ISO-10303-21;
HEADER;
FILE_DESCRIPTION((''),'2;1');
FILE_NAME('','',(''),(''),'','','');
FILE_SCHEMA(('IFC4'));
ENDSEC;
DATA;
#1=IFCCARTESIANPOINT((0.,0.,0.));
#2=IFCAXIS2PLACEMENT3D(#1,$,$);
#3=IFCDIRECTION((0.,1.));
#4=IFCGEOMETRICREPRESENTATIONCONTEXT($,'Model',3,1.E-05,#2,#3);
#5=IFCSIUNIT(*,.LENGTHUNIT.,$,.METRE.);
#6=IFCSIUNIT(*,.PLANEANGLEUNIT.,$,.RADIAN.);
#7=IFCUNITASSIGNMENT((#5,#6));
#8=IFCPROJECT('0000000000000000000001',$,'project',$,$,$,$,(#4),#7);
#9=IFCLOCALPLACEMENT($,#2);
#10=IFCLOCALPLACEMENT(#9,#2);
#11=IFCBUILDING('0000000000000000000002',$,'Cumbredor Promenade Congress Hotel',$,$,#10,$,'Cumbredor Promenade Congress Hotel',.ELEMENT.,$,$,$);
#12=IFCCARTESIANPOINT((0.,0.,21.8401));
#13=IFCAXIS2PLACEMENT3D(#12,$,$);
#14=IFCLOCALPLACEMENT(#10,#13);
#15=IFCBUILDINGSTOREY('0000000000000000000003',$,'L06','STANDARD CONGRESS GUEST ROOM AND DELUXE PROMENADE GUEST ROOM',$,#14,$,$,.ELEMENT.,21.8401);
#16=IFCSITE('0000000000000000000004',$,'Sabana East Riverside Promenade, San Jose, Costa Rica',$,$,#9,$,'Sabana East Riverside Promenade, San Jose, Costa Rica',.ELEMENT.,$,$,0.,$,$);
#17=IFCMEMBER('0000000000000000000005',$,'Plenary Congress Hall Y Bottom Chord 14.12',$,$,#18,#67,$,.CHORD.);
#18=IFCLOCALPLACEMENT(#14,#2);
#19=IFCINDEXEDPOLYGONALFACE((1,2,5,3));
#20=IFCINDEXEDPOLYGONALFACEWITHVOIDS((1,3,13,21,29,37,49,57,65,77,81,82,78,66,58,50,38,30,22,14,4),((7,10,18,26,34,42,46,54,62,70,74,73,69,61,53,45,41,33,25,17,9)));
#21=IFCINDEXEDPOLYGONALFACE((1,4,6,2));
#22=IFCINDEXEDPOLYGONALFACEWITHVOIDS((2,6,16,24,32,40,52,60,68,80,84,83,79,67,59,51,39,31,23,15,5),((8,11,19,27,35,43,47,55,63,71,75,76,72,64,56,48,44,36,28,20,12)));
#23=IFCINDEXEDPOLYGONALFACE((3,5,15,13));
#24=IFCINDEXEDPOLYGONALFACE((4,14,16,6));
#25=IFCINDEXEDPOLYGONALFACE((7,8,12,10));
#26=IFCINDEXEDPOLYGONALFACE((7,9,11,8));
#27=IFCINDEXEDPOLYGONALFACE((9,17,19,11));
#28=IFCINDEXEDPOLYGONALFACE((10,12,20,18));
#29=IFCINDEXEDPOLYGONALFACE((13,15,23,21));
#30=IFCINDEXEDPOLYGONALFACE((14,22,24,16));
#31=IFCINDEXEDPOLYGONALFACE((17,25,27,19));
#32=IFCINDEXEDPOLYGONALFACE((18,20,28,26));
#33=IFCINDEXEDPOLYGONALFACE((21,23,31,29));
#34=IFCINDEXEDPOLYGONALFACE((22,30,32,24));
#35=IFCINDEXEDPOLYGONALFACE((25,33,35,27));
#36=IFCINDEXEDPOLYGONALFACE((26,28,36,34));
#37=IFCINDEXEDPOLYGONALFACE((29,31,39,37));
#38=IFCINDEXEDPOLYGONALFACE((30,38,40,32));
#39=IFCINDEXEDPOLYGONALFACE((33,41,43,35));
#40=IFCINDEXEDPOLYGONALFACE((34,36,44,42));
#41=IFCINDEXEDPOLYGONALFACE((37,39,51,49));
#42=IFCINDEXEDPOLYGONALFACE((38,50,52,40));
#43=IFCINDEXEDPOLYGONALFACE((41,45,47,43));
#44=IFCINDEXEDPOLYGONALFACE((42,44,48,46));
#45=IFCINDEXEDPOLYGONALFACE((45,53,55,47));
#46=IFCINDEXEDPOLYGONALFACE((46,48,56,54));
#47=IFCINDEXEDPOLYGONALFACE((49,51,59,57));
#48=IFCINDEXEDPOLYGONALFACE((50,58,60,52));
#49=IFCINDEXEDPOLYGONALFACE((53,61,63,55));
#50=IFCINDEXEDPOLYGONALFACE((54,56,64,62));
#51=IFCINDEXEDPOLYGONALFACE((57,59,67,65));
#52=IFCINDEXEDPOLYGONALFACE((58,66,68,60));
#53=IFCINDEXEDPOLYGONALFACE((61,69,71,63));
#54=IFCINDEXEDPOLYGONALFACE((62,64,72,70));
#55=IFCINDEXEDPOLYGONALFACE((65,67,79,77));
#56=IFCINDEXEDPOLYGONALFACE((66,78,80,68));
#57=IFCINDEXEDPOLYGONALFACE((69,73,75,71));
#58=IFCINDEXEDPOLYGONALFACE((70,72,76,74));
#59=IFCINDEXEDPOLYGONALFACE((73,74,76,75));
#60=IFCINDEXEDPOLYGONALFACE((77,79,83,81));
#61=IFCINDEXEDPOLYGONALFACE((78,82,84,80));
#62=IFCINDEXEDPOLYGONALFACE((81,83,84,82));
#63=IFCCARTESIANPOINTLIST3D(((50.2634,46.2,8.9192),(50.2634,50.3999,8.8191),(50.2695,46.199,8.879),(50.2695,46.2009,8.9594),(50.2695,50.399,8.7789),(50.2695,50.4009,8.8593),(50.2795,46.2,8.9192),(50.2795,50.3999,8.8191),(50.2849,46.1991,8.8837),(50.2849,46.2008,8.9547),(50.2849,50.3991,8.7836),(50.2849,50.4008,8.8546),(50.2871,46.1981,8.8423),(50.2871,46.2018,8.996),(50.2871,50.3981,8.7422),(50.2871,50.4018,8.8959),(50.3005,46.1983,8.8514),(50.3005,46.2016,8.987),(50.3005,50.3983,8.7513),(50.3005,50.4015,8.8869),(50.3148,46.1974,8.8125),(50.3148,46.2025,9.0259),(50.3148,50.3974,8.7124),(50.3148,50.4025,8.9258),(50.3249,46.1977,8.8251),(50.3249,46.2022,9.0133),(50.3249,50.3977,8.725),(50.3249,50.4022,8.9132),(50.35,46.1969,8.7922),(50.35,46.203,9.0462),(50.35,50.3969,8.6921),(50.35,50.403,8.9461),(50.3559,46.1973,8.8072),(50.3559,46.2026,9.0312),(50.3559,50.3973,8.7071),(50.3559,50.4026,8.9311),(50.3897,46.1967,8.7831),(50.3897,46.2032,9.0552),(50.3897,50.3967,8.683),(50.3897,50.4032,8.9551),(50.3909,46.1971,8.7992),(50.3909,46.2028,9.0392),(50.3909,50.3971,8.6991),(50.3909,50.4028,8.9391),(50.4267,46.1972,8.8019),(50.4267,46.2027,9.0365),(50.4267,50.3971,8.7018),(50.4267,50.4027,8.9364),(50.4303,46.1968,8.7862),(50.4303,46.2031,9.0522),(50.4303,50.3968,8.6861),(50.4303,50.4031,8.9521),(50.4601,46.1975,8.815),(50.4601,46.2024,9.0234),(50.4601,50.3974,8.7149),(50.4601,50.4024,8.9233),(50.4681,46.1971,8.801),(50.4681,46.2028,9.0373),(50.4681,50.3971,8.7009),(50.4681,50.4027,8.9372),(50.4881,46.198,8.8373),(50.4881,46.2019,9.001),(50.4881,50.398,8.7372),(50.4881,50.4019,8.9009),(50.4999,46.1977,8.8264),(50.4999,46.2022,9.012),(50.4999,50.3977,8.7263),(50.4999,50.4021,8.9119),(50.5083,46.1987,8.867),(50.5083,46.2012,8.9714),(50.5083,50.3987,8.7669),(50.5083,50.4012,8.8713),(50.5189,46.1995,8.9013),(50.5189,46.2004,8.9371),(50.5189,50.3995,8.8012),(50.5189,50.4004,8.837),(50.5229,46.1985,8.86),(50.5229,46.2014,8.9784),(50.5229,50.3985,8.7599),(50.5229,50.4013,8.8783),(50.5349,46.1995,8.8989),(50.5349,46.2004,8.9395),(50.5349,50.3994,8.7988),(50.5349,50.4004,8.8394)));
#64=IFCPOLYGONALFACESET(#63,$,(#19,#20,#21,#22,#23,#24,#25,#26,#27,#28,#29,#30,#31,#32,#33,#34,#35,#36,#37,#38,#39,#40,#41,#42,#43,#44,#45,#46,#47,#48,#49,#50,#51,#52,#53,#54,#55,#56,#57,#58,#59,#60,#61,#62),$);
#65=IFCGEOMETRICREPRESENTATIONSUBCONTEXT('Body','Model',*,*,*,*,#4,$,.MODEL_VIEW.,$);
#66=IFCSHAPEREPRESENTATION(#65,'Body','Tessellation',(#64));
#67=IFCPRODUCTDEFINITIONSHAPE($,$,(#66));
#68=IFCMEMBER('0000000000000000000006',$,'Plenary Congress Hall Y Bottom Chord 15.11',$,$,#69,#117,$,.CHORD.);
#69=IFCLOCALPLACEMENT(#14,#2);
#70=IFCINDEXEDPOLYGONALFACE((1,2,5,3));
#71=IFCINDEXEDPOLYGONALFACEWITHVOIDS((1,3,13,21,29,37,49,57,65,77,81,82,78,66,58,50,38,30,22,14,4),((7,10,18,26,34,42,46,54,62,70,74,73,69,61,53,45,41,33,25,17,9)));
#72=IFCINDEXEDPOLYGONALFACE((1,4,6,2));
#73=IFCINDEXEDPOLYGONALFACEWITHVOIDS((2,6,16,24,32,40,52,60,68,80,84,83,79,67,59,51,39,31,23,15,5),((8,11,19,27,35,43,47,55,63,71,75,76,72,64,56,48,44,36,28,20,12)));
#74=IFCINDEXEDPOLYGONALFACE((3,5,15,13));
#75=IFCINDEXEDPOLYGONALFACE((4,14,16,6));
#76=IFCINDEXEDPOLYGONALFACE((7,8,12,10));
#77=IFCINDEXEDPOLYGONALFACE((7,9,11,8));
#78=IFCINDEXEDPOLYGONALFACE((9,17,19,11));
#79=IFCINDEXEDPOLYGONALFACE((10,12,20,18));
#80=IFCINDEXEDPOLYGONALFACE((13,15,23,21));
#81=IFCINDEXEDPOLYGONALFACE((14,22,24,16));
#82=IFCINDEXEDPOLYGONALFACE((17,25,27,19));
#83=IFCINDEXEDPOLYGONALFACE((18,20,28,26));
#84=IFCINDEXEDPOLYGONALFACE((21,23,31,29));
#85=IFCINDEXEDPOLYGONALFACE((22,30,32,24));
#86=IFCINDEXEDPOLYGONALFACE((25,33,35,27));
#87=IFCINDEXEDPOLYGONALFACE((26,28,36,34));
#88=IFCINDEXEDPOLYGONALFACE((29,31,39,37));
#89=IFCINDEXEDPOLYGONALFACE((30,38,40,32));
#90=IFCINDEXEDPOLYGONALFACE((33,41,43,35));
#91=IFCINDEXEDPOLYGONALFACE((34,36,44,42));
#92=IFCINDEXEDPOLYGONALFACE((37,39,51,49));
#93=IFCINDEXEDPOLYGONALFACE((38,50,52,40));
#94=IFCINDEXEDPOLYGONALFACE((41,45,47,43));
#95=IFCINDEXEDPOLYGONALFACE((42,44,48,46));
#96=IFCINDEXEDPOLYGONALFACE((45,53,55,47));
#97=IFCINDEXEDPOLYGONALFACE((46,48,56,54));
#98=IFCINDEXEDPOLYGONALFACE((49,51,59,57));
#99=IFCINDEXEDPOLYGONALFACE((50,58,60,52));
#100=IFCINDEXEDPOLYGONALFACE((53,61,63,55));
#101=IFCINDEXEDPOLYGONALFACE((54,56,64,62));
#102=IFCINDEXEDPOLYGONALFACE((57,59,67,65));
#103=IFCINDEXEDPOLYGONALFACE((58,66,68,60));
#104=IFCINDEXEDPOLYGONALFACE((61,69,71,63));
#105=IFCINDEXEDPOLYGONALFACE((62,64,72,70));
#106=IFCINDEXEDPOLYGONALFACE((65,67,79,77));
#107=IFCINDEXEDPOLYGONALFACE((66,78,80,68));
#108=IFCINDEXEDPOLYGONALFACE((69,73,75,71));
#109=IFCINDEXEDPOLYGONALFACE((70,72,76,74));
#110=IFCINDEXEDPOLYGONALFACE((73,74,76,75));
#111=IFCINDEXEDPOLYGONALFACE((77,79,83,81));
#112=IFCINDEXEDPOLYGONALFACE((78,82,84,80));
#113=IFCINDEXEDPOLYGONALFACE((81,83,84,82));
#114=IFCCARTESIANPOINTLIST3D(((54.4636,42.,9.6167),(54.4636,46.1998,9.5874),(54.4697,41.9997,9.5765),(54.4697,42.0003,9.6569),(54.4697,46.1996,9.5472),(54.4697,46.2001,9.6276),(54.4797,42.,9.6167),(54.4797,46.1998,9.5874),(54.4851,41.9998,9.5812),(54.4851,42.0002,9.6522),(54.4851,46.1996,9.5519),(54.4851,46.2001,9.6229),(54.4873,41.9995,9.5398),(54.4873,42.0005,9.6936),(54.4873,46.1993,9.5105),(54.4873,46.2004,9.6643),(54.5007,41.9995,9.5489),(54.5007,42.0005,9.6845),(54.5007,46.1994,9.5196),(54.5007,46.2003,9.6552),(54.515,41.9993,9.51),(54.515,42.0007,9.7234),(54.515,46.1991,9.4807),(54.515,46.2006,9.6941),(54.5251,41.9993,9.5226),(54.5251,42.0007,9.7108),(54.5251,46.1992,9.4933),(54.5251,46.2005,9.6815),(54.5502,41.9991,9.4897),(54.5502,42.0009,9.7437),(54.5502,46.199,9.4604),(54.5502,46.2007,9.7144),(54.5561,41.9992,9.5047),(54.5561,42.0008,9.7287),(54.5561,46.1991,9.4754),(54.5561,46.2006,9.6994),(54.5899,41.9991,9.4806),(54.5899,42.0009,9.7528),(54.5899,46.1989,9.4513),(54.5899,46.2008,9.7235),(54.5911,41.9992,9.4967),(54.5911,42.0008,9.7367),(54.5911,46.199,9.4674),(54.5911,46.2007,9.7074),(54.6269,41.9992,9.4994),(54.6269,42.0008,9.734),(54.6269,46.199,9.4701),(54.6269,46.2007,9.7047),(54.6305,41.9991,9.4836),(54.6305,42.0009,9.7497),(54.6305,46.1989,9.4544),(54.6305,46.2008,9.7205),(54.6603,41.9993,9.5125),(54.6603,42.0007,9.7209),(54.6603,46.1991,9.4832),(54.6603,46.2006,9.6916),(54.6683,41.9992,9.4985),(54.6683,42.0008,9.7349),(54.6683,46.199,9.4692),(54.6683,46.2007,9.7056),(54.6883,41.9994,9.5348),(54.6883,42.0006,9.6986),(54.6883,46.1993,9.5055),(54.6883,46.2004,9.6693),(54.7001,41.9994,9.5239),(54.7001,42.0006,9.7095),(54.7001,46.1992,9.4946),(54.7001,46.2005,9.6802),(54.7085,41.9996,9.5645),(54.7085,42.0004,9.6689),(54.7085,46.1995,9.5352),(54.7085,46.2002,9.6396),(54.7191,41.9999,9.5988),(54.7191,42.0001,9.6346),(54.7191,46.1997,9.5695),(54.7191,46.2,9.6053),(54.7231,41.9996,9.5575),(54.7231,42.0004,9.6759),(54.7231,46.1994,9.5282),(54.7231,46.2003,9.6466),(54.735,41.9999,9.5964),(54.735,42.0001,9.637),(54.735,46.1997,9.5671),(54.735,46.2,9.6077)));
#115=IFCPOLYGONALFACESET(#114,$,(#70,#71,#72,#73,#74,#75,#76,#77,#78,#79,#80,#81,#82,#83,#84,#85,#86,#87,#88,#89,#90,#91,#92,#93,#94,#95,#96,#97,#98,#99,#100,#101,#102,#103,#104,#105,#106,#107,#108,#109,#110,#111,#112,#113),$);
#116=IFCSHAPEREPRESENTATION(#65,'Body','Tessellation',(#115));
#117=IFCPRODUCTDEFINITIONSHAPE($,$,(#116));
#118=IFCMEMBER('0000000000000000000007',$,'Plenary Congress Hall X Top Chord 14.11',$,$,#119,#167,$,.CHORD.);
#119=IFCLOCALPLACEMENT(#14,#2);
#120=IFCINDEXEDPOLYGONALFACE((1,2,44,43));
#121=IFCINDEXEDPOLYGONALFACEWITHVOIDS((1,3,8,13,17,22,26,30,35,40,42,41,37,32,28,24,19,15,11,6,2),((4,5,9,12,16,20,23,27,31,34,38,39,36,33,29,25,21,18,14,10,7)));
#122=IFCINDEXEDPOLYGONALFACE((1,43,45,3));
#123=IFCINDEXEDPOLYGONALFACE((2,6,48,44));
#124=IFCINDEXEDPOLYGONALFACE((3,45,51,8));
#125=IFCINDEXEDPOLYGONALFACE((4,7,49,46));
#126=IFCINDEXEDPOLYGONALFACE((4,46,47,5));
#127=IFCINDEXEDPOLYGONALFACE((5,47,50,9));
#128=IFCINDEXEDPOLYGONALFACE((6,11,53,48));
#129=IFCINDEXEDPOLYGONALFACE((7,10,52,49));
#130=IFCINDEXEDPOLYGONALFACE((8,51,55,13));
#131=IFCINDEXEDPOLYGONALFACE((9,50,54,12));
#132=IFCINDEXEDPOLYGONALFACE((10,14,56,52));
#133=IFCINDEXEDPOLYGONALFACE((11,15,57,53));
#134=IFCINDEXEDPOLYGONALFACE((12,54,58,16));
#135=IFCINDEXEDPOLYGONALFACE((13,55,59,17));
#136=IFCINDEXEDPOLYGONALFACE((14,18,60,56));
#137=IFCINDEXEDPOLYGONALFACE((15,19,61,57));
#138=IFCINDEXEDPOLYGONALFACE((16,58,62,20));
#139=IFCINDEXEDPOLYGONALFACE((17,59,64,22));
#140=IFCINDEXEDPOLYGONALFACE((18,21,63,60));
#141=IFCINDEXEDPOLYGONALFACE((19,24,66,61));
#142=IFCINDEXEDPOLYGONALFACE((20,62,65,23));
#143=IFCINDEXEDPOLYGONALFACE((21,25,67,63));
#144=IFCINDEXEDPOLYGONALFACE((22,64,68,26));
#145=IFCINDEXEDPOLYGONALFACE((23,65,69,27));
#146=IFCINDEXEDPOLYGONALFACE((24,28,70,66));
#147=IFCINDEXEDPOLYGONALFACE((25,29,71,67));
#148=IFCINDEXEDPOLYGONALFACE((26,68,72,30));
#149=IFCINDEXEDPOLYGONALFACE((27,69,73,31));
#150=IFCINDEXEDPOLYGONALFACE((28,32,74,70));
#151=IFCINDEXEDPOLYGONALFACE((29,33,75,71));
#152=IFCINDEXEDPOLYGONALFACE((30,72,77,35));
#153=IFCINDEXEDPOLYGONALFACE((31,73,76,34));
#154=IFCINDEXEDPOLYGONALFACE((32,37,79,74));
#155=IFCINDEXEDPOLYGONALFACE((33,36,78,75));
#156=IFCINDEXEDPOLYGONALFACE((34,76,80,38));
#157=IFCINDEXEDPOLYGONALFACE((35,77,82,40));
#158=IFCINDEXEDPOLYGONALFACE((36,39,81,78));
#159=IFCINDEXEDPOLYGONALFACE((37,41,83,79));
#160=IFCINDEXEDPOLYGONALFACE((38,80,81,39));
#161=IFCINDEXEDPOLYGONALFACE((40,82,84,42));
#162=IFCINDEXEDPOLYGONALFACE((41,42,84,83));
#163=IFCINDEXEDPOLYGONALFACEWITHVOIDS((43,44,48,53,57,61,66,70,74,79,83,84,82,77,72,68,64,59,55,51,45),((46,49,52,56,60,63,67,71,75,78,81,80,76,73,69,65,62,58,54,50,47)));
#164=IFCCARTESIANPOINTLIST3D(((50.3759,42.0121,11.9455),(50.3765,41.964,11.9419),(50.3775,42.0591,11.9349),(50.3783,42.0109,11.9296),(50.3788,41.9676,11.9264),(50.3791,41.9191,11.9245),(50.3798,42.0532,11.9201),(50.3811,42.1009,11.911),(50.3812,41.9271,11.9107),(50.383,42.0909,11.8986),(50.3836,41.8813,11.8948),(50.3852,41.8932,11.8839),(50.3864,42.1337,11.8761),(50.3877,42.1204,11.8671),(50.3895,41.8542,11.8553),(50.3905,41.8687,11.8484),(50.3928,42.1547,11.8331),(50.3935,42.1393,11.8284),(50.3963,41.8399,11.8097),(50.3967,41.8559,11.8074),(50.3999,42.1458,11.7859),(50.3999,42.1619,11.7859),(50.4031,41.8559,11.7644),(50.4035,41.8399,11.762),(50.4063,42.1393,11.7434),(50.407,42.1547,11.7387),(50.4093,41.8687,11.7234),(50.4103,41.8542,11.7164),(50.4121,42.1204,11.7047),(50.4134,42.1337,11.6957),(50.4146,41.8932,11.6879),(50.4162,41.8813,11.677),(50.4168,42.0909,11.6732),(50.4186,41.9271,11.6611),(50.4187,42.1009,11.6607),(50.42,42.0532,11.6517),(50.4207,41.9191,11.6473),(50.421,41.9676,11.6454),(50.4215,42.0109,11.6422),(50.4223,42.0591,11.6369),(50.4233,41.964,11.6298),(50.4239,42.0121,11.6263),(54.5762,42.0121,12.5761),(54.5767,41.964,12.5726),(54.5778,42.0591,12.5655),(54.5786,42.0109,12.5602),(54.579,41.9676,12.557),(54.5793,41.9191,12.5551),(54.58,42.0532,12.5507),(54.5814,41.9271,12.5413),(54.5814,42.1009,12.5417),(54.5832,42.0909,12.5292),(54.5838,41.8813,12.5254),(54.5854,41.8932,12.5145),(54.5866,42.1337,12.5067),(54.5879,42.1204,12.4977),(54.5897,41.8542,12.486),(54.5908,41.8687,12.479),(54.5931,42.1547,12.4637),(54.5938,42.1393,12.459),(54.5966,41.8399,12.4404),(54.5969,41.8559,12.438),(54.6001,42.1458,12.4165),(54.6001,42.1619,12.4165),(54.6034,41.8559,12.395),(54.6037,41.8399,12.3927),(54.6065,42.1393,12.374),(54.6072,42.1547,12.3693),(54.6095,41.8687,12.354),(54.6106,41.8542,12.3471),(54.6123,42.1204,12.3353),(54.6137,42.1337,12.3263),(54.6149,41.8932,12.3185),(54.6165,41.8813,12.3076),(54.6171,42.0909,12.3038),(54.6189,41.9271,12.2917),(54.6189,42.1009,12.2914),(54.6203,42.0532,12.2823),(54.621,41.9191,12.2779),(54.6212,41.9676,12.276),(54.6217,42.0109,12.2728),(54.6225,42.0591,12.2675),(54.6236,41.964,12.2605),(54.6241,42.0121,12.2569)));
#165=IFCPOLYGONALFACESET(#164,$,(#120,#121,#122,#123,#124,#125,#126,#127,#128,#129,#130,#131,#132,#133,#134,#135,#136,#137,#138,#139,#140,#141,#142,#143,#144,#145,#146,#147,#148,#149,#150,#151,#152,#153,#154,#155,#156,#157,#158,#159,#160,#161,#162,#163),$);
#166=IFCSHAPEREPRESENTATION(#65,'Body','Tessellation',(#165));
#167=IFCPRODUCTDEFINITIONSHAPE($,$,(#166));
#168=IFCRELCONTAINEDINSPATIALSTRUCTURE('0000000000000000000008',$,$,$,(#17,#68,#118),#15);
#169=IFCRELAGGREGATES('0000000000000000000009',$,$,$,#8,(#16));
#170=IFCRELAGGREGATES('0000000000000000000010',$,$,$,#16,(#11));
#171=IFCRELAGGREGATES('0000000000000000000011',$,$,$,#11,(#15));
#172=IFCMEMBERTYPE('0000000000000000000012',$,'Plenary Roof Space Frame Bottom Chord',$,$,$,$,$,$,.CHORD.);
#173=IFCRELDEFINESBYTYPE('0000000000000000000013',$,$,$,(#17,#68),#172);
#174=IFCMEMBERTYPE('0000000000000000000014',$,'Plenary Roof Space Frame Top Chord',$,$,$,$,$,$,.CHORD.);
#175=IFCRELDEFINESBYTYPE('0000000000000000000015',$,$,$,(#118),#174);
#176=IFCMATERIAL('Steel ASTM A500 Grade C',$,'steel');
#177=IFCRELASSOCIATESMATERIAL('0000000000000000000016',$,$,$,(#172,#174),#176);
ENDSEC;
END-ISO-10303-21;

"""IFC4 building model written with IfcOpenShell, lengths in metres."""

from ifc_helpers import new_model, si_unit, direction, frame, origin, origin_2d, place, context, subcontext, project, spatial, hollow_circle, extrude, material, material_profile, profile_set, type_object, element, save


model = new_model("IFC4")

# Units and contexts
model_context = context("Model", 3, precision=1e-05, world=origin(), true_north=direction((0.0, 1.0)))
body_context = subcontext(model_context, "Body", "Model", "MODEL_VIEW")
ifc_project = project(units=[si_unit("LENGTHUNIT", "METRE"), si_unit("PLANEANGLEUNIT", "RADIAN")], contexts=[model_context])

# Site, building, storey
site_placement = place(None, origin())
site = spatial("IfcSite", under=ifc_project, at=site_placement, Name="Sabana East Riverside Promenade, San Jose, Costa Rica", LongName="Sabana East Riverside Promenade, San Jose, Costa Rica", CompositionType="ELEMENT", RefElevation=0.0)
building_placement = place(site_placement, origin())
building = spatial("IfcBuilding", under=site, at=building_placement, Name="Cumbredor Promenade Congress Hotel", LongName="Cumbredor Promenade Congress Hotel", CompositionType="ELEMENT")
storey_placement = place(building_placement, frame((0.0, 0.0, 21.8401)))
storey = spatial("IfcBuildingStorey", under=building, at=storey_placement, Name="L06", Description="STANDARD CONGRESS GUEST ROOM AND DELUXE PROMENADE GUEST ROOM", CompositionType="ELEMENT", Elevation=21.8401)

# Members
ifc_material_1 = material(Name="Steel ASTM A500 Grade C", Category="steel")
ifc_material_profile_1 = material_profile(ifc_material_1, hollow_circle(Radius=0.1365, WallThickness=0.0161, at=origin_2d()), Name="CHS 273.0x16")
ifc_profile_set_1 = profile_set([ifc_material_profile_1], Name="Steel ASTM A500 Grade C")
member_type_1 = type_object("IfcMemberType", Name="Plenary Roof Space Frame Bottom Chord", PredefinedType="CHORD", material=ifc_profile_set_1)
member_1_placement = place(storey_placement, frame((50.3999, 46.2, 8.9192), z_axis=(0.0, 0.999716, -0.023826), x_axis=(-1.0, 0.0, 0.0)))
element("IfcMember", 1, at=member_1_placement, inside=storey, type_object=member_type_1, Name="Plenary Congress Hall Y Bottom Chord 14.12", PredefinedType="CHORD", context=body_context, shape_type="SweptSolid", body=[
    extrude(hollow_circle(Radius=0.1365, WallThickness=0.0161, at=origin_2d()), origin(), (0.0, 0.0, 1.0), 4.2012),
])
member_2_placement = place(storey_placement, frame((54.6001, 42.0, 9.6167), z_axis=(0.0, 0.999976, -0.006975), x_axis=(-1.0, 0.0, 0.0)))
element("IfcMember", 2, at=member_2_placement, inside=storey, type_object=member_type_1, Name="Plenary Congress Hall Y Bottom Chord 15.11", PredefinedType="CHORD", context=body_context, shape_type="SweptSolid", body=[
    extrude(hollow_circle(Radius=0.1365, WallThickness=0.0161, at=origin_2d()), origin(), (0.0, 0.0, 1.0), 4.2),
])
ifc_material_profile_2 = material_profile(ifc_material_1, hollow_circle(Radius=0.1619, WallThickness=0.0161, at=origin_2d()), Name="CHS 323.9x16")
ifc_profile_set_2 = profile_set([ifc_material_profile_2], Name="Steel ASTM A500 Grade C")
member_type_2 = type_object("IfcMemberType", Name="Plenary Roof Space Frame Top Chord", PredefinedType="CHORD", material=ifc_profile_set_2)
member_3_placement = place(storey_placement, frame((50.3999, 42.0, 11.7859), z_axis=(0.988916, 0.0, 0.148475), x_axis=(0.0, 1.0, 0.0)))
element("IfcMember", 3, at=member_3_placement, inside=storey, type_object=member_type_2, Name="Plenary Congress Hall X Top Chord 14.11", PredefinedType="CHORD", context=body_context, shape_type="SweptSolid", body=[
    extrude(hollow_circle(Radius=0.1619, WallThickness=0.0161, at=origin_2d()), origin(), (0.0, 0.0, 1.0), 4.2473),
])

save(model, "model.ifc")
